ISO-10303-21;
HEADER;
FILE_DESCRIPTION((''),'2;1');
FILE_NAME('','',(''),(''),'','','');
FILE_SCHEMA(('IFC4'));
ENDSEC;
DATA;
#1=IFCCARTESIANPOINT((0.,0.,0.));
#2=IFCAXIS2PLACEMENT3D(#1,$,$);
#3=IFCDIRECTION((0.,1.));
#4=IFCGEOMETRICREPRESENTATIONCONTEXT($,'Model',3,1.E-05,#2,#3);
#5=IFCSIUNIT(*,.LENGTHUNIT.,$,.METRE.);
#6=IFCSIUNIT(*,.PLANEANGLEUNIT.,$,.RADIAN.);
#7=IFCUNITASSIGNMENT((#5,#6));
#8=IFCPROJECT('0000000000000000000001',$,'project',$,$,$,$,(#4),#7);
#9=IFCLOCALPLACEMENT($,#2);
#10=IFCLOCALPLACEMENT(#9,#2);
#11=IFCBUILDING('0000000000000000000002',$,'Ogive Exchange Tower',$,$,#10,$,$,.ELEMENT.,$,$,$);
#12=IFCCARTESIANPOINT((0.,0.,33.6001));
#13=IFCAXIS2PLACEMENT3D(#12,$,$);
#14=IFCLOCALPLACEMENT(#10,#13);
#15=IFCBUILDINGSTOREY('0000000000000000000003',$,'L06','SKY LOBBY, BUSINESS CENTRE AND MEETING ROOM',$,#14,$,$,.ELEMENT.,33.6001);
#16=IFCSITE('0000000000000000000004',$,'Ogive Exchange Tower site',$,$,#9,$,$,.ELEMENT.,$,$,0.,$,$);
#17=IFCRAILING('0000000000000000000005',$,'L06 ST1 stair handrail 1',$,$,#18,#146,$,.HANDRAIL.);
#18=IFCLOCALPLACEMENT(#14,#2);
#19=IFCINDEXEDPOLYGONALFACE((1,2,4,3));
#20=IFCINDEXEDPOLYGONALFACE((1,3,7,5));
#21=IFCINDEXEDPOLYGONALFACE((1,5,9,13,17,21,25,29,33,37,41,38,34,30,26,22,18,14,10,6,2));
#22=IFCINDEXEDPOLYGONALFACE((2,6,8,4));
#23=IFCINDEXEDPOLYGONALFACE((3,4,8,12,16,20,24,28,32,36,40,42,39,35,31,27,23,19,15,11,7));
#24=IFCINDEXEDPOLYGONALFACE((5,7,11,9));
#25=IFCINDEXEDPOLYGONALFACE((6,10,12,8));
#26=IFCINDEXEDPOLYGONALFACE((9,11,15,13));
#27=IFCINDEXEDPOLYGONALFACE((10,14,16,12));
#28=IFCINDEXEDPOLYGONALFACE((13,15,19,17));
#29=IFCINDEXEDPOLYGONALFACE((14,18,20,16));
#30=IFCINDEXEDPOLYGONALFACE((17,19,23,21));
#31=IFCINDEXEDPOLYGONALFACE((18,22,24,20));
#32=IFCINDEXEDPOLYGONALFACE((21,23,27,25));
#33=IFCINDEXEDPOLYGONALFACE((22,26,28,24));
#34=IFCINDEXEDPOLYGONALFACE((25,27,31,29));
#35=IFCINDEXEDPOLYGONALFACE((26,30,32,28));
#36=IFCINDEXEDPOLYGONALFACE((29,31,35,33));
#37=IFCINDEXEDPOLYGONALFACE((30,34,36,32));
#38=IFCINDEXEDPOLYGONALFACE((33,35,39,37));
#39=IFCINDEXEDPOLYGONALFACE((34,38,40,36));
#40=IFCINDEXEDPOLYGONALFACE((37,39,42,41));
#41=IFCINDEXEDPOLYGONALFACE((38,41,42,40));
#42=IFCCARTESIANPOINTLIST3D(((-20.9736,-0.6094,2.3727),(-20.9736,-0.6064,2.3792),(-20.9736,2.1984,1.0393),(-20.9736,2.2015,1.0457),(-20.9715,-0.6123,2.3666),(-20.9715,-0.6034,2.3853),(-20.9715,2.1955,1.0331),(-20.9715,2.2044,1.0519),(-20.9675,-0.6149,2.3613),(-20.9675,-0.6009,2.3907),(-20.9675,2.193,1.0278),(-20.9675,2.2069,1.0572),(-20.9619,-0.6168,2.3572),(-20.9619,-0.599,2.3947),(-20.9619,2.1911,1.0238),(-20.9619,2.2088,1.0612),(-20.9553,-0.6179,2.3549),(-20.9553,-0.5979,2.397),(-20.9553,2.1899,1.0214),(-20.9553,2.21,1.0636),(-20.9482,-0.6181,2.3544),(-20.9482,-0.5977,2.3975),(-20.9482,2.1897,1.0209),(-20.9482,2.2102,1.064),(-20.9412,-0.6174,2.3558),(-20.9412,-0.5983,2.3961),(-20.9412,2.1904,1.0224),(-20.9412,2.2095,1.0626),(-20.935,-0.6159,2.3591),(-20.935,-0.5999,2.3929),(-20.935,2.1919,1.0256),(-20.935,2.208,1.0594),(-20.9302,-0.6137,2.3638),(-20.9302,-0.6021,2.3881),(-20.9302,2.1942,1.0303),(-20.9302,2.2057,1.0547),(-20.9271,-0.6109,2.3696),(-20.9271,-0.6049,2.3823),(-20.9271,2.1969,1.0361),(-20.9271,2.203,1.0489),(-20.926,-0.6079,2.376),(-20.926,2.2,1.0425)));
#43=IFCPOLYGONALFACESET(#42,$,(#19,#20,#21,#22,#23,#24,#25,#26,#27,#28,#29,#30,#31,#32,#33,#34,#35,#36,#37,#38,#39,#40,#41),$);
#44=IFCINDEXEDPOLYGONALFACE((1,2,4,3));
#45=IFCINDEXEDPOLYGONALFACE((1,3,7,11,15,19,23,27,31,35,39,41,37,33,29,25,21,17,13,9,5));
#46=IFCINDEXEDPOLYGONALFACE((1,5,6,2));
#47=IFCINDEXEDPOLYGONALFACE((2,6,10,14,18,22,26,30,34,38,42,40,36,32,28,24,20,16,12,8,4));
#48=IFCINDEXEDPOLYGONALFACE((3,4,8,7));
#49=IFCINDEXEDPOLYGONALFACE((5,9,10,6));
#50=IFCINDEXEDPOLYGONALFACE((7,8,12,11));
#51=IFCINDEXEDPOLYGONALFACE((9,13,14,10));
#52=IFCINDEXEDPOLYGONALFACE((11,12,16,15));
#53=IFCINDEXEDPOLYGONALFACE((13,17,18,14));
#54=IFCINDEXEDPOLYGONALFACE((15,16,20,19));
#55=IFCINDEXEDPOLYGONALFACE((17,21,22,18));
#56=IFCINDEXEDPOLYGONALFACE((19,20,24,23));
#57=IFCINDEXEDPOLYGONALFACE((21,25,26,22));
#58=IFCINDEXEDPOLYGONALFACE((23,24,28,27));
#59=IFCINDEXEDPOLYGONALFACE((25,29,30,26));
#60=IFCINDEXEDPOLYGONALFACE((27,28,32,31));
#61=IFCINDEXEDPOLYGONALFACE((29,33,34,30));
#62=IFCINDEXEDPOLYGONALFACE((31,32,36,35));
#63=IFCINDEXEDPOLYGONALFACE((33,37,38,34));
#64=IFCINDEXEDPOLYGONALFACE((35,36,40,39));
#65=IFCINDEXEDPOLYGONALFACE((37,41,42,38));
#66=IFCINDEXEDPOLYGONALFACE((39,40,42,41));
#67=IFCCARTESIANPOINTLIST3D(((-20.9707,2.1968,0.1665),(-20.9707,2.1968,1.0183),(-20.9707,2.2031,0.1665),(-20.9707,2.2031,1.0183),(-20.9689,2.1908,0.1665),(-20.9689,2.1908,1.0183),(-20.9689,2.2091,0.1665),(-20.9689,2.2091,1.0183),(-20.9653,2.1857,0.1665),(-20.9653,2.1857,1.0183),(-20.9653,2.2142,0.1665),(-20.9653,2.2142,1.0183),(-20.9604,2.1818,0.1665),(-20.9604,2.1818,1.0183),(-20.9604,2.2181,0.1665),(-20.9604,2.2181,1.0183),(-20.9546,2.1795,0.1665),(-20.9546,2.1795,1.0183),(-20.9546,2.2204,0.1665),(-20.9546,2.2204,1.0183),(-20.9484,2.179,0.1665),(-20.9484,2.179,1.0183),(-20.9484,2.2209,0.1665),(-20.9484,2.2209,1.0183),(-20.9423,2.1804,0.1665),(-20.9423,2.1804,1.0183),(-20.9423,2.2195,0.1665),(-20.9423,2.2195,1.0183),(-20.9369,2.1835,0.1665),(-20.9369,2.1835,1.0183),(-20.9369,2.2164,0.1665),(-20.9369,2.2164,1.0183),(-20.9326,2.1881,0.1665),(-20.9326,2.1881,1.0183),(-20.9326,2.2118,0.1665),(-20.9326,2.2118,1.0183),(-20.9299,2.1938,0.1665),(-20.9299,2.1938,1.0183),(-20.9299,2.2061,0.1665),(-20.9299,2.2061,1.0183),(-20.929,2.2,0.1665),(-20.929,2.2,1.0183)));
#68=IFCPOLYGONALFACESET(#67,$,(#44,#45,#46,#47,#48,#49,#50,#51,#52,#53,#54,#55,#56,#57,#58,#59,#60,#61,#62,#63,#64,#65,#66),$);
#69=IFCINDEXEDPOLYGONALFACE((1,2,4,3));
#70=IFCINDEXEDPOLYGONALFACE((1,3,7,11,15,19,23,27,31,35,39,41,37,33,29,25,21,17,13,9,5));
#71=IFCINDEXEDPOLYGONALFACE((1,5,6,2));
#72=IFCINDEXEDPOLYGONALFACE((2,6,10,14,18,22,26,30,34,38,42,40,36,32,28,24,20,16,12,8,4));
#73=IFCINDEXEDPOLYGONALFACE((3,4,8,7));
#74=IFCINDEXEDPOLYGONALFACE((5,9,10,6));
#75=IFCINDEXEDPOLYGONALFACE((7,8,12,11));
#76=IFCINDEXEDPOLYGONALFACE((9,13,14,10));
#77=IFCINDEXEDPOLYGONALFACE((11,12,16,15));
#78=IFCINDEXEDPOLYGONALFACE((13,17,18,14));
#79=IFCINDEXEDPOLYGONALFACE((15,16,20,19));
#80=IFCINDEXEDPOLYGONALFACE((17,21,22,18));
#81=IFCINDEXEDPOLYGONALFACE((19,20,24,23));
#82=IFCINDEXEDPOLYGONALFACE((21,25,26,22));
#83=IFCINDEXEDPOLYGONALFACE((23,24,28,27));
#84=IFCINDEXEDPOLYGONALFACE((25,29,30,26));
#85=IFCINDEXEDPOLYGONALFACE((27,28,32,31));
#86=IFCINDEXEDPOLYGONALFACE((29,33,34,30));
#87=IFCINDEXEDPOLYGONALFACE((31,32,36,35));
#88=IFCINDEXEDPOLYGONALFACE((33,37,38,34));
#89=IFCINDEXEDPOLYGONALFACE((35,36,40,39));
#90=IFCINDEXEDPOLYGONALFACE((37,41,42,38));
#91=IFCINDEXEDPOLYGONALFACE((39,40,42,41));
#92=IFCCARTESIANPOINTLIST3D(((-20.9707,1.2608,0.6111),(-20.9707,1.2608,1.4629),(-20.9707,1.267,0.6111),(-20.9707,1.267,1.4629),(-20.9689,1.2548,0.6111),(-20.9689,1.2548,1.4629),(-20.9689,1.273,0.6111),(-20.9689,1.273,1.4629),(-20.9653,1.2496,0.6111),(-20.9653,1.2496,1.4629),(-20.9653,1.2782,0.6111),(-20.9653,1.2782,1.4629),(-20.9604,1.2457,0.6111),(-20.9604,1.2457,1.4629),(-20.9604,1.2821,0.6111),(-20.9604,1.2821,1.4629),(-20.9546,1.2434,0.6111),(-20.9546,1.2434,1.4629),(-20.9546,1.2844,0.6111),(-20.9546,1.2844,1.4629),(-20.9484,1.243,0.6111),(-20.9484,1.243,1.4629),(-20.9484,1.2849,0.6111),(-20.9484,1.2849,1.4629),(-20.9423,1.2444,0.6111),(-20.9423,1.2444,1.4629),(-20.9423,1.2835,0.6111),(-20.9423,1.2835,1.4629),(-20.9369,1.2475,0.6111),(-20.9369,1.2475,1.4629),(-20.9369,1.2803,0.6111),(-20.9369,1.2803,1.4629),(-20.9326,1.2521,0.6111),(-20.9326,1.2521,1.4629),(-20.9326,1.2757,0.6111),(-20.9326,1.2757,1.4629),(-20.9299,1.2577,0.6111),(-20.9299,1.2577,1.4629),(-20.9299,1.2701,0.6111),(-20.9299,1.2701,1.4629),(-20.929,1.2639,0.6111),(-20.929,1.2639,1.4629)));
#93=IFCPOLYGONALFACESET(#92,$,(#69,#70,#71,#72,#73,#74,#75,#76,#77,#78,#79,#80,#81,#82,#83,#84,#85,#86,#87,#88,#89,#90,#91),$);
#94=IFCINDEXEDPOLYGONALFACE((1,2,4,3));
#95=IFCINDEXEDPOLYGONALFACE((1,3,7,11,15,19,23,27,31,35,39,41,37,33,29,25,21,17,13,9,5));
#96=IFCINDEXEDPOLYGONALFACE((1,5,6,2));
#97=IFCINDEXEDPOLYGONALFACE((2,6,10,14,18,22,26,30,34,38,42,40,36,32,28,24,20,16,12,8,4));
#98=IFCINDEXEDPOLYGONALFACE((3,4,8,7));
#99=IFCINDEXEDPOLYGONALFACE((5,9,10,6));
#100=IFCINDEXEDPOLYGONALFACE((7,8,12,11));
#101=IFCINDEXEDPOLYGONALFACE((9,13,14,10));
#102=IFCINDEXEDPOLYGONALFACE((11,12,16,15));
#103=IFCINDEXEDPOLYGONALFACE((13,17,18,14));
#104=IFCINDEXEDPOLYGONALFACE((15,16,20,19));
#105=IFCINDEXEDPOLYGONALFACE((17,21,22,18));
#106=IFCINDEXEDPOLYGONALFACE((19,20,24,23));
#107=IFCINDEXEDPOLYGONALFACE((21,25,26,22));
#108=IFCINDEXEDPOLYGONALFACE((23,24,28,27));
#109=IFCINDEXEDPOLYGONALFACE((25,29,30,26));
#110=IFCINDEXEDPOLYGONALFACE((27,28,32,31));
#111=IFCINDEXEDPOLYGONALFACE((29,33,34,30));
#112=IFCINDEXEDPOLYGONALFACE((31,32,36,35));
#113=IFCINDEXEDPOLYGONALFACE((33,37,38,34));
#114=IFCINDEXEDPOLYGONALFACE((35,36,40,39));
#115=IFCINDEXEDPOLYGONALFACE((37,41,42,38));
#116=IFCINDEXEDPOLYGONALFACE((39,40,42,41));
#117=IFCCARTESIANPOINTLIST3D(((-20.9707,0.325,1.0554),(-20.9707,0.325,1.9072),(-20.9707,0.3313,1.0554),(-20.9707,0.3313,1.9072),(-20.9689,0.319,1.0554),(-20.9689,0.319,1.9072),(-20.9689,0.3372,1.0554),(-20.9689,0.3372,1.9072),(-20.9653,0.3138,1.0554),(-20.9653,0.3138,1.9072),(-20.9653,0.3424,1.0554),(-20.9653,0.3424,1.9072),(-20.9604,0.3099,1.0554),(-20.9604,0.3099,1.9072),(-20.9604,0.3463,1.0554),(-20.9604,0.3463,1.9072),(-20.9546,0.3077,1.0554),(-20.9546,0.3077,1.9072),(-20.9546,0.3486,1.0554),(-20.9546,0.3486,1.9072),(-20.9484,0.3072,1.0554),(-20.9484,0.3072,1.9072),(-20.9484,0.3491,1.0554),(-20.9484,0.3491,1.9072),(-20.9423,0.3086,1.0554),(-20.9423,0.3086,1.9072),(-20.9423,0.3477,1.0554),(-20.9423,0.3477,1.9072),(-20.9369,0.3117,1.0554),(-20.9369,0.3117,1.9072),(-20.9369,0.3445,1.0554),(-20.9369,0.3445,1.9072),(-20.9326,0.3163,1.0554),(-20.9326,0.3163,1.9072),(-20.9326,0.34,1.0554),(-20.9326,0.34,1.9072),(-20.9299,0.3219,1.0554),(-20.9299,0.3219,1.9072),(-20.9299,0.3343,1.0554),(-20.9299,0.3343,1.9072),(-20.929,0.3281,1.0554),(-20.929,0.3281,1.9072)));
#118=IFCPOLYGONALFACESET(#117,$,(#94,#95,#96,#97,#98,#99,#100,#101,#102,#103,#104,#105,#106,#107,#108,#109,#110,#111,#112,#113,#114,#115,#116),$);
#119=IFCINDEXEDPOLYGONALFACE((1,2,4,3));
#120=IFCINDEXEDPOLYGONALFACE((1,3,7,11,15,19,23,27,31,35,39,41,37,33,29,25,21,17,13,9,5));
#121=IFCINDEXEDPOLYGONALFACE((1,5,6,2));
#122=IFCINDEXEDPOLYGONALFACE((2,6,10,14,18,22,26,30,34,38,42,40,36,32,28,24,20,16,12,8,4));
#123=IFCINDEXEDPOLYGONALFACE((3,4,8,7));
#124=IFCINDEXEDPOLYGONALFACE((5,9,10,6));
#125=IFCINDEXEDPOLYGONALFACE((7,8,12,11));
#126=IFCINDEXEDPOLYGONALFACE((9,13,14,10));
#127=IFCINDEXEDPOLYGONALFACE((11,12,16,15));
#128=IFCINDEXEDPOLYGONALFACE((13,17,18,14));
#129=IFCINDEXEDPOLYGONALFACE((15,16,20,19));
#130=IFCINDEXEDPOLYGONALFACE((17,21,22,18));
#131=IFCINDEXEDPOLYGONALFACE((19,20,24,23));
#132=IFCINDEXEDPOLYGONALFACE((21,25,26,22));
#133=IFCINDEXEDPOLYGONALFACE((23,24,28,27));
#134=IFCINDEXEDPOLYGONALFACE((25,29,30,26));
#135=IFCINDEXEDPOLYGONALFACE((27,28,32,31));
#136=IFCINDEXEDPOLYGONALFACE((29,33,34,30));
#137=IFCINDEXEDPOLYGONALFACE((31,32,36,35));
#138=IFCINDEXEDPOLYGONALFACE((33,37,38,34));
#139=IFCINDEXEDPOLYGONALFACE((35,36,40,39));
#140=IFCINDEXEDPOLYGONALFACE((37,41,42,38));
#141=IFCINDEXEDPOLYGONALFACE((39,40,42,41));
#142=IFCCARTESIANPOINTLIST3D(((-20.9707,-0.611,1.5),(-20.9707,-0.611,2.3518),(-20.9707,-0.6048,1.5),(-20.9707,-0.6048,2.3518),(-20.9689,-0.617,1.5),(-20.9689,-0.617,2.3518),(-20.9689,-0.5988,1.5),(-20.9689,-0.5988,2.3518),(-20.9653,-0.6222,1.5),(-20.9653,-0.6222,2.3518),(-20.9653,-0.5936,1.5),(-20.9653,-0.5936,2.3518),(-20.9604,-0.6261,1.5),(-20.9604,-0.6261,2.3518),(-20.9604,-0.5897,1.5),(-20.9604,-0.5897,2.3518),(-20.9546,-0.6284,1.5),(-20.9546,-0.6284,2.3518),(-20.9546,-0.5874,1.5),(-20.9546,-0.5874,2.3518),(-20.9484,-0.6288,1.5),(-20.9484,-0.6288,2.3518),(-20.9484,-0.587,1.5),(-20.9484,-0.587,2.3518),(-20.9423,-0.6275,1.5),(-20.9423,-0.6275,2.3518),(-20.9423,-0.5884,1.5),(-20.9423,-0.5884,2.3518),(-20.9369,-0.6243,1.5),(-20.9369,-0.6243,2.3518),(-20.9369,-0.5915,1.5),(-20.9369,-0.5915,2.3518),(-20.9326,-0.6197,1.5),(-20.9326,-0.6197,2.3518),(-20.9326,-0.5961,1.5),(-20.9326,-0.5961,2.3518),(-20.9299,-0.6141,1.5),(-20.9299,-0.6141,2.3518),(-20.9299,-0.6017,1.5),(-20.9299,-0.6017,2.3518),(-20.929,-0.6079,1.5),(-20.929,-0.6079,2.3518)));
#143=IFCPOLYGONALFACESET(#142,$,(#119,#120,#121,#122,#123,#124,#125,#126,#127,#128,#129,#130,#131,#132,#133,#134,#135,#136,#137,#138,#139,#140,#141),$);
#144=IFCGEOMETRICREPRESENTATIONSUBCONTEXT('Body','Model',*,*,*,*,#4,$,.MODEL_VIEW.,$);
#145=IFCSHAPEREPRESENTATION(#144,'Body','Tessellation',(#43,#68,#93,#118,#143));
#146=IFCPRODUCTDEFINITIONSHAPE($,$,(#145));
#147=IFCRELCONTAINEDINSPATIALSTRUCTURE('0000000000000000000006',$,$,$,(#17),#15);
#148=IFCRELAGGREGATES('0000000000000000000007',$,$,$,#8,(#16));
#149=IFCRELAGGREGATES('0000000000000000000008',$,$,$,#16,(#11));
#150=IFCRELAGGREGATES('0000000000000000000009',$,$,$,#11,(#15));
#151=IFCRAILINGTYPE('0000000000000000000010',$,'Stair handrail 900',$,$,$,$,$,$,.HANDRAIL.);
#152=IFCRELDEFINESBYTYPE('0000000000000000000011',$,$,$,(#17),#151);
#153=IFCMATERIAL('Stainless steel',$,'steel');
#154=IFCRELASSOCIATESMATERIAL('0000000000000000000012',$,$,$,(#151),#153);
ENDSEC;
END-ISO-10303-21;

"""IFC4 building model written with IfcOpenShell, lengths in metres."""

from ifc_helpers import new_model, si_unit, direction, frame, origin, origin_2d, place, context, subcontext, project, spatial, circle, extrude, material, type_object, element, save


model = new_model("IFC4")

# Units and contexts
model_context = context("Model", 3, precision=1e-05, world=origin(), true_north=direction((0.0, 1.0)))
body_context = subcontext(model_context, "Body", "Model", "MODEL_VIEW")
ifc_project = project(units=[si_unit("LENGTHUNIT", "METRE"), si_unit("PLANEANGLEUNIT", "RADIAN")], contexts=[model_context])

# Site, building, storey
site_placement = place(None, origin())
site = spatial("IfcSite", under=ifc_project, at=site_placement, Name="Ogive Exchange Tower site", CompositionType="ELEMENT", RefElevation=0.0)
building_placement = place(site_placement, origin())
building = spatial("IfcBuilding", under=site, at=building_placement, Name="Ogive Exchange Tower", CompositionType="ELEMENT")
storey_placement = place(building_placement, frame((0.0, 0.0, 33.6001)))
storey = spatial("IfcBuildingStorey", under=building, at=storey_placement, Name="L06", Description="SKY LOBBY, BUSINESS CENTRE AND MEETING ROOM", CompositionType="ELEMENT", Elevation=33.6001)

# Shared definitions
ifc_material_1 = material(Name="Stainless steel", Category="steel")

# Railing
railing_type = type_object("IfcRailingType", Name="Stair handrail 900", PredefinedType="HANDRAIL", material=ifc_material_1)
for number, where, name in (
    (1, (-20.95, 2.2, 0.1665), "L06 ST1 stair handrail 1"),
):
    element("IfcRailing", number, at=place(storey_placement, frame(where)), inside=storey, type_object=railing_type, Name=name, PredefinedType="HANDRAIL", context=body_context, shape_type="SweptSolid", body=[
        extrude(circle(Radius=0.0239, at=origin_2d()), frame((0.0, 0.0, 0.876), z_axis=(0.0, -0.903307, 0.428994), x_axis=(1.0, 0.0, 0.0)), (0.0, 0.0, 1.0), 3.1084),
        extrude(circle(Radius=0.021, at=origin_2d()), origin(), (0.0, 0.0, 1.0), 0.8518),
        extrude(circle(Radius=0.021, at=origin_2d()), frame((0.0, -0.936, 0.4446)), (0.0, 0.0, 1.0), 0.8518),
        extrude(circle(Radius=0.021, at=origin_2d()), frame((0.0, -1.8718, 0.8889)), (0.0, 0.0, 1.0), 0.8518),
        extrude(circle(Radius=0.021, at=origin_2d()), frame((0.0, -2.8079, 1.3335)), (0.0, 0.0, 1.0), 0.8518),
    ])

save(model, "model.ifc")
